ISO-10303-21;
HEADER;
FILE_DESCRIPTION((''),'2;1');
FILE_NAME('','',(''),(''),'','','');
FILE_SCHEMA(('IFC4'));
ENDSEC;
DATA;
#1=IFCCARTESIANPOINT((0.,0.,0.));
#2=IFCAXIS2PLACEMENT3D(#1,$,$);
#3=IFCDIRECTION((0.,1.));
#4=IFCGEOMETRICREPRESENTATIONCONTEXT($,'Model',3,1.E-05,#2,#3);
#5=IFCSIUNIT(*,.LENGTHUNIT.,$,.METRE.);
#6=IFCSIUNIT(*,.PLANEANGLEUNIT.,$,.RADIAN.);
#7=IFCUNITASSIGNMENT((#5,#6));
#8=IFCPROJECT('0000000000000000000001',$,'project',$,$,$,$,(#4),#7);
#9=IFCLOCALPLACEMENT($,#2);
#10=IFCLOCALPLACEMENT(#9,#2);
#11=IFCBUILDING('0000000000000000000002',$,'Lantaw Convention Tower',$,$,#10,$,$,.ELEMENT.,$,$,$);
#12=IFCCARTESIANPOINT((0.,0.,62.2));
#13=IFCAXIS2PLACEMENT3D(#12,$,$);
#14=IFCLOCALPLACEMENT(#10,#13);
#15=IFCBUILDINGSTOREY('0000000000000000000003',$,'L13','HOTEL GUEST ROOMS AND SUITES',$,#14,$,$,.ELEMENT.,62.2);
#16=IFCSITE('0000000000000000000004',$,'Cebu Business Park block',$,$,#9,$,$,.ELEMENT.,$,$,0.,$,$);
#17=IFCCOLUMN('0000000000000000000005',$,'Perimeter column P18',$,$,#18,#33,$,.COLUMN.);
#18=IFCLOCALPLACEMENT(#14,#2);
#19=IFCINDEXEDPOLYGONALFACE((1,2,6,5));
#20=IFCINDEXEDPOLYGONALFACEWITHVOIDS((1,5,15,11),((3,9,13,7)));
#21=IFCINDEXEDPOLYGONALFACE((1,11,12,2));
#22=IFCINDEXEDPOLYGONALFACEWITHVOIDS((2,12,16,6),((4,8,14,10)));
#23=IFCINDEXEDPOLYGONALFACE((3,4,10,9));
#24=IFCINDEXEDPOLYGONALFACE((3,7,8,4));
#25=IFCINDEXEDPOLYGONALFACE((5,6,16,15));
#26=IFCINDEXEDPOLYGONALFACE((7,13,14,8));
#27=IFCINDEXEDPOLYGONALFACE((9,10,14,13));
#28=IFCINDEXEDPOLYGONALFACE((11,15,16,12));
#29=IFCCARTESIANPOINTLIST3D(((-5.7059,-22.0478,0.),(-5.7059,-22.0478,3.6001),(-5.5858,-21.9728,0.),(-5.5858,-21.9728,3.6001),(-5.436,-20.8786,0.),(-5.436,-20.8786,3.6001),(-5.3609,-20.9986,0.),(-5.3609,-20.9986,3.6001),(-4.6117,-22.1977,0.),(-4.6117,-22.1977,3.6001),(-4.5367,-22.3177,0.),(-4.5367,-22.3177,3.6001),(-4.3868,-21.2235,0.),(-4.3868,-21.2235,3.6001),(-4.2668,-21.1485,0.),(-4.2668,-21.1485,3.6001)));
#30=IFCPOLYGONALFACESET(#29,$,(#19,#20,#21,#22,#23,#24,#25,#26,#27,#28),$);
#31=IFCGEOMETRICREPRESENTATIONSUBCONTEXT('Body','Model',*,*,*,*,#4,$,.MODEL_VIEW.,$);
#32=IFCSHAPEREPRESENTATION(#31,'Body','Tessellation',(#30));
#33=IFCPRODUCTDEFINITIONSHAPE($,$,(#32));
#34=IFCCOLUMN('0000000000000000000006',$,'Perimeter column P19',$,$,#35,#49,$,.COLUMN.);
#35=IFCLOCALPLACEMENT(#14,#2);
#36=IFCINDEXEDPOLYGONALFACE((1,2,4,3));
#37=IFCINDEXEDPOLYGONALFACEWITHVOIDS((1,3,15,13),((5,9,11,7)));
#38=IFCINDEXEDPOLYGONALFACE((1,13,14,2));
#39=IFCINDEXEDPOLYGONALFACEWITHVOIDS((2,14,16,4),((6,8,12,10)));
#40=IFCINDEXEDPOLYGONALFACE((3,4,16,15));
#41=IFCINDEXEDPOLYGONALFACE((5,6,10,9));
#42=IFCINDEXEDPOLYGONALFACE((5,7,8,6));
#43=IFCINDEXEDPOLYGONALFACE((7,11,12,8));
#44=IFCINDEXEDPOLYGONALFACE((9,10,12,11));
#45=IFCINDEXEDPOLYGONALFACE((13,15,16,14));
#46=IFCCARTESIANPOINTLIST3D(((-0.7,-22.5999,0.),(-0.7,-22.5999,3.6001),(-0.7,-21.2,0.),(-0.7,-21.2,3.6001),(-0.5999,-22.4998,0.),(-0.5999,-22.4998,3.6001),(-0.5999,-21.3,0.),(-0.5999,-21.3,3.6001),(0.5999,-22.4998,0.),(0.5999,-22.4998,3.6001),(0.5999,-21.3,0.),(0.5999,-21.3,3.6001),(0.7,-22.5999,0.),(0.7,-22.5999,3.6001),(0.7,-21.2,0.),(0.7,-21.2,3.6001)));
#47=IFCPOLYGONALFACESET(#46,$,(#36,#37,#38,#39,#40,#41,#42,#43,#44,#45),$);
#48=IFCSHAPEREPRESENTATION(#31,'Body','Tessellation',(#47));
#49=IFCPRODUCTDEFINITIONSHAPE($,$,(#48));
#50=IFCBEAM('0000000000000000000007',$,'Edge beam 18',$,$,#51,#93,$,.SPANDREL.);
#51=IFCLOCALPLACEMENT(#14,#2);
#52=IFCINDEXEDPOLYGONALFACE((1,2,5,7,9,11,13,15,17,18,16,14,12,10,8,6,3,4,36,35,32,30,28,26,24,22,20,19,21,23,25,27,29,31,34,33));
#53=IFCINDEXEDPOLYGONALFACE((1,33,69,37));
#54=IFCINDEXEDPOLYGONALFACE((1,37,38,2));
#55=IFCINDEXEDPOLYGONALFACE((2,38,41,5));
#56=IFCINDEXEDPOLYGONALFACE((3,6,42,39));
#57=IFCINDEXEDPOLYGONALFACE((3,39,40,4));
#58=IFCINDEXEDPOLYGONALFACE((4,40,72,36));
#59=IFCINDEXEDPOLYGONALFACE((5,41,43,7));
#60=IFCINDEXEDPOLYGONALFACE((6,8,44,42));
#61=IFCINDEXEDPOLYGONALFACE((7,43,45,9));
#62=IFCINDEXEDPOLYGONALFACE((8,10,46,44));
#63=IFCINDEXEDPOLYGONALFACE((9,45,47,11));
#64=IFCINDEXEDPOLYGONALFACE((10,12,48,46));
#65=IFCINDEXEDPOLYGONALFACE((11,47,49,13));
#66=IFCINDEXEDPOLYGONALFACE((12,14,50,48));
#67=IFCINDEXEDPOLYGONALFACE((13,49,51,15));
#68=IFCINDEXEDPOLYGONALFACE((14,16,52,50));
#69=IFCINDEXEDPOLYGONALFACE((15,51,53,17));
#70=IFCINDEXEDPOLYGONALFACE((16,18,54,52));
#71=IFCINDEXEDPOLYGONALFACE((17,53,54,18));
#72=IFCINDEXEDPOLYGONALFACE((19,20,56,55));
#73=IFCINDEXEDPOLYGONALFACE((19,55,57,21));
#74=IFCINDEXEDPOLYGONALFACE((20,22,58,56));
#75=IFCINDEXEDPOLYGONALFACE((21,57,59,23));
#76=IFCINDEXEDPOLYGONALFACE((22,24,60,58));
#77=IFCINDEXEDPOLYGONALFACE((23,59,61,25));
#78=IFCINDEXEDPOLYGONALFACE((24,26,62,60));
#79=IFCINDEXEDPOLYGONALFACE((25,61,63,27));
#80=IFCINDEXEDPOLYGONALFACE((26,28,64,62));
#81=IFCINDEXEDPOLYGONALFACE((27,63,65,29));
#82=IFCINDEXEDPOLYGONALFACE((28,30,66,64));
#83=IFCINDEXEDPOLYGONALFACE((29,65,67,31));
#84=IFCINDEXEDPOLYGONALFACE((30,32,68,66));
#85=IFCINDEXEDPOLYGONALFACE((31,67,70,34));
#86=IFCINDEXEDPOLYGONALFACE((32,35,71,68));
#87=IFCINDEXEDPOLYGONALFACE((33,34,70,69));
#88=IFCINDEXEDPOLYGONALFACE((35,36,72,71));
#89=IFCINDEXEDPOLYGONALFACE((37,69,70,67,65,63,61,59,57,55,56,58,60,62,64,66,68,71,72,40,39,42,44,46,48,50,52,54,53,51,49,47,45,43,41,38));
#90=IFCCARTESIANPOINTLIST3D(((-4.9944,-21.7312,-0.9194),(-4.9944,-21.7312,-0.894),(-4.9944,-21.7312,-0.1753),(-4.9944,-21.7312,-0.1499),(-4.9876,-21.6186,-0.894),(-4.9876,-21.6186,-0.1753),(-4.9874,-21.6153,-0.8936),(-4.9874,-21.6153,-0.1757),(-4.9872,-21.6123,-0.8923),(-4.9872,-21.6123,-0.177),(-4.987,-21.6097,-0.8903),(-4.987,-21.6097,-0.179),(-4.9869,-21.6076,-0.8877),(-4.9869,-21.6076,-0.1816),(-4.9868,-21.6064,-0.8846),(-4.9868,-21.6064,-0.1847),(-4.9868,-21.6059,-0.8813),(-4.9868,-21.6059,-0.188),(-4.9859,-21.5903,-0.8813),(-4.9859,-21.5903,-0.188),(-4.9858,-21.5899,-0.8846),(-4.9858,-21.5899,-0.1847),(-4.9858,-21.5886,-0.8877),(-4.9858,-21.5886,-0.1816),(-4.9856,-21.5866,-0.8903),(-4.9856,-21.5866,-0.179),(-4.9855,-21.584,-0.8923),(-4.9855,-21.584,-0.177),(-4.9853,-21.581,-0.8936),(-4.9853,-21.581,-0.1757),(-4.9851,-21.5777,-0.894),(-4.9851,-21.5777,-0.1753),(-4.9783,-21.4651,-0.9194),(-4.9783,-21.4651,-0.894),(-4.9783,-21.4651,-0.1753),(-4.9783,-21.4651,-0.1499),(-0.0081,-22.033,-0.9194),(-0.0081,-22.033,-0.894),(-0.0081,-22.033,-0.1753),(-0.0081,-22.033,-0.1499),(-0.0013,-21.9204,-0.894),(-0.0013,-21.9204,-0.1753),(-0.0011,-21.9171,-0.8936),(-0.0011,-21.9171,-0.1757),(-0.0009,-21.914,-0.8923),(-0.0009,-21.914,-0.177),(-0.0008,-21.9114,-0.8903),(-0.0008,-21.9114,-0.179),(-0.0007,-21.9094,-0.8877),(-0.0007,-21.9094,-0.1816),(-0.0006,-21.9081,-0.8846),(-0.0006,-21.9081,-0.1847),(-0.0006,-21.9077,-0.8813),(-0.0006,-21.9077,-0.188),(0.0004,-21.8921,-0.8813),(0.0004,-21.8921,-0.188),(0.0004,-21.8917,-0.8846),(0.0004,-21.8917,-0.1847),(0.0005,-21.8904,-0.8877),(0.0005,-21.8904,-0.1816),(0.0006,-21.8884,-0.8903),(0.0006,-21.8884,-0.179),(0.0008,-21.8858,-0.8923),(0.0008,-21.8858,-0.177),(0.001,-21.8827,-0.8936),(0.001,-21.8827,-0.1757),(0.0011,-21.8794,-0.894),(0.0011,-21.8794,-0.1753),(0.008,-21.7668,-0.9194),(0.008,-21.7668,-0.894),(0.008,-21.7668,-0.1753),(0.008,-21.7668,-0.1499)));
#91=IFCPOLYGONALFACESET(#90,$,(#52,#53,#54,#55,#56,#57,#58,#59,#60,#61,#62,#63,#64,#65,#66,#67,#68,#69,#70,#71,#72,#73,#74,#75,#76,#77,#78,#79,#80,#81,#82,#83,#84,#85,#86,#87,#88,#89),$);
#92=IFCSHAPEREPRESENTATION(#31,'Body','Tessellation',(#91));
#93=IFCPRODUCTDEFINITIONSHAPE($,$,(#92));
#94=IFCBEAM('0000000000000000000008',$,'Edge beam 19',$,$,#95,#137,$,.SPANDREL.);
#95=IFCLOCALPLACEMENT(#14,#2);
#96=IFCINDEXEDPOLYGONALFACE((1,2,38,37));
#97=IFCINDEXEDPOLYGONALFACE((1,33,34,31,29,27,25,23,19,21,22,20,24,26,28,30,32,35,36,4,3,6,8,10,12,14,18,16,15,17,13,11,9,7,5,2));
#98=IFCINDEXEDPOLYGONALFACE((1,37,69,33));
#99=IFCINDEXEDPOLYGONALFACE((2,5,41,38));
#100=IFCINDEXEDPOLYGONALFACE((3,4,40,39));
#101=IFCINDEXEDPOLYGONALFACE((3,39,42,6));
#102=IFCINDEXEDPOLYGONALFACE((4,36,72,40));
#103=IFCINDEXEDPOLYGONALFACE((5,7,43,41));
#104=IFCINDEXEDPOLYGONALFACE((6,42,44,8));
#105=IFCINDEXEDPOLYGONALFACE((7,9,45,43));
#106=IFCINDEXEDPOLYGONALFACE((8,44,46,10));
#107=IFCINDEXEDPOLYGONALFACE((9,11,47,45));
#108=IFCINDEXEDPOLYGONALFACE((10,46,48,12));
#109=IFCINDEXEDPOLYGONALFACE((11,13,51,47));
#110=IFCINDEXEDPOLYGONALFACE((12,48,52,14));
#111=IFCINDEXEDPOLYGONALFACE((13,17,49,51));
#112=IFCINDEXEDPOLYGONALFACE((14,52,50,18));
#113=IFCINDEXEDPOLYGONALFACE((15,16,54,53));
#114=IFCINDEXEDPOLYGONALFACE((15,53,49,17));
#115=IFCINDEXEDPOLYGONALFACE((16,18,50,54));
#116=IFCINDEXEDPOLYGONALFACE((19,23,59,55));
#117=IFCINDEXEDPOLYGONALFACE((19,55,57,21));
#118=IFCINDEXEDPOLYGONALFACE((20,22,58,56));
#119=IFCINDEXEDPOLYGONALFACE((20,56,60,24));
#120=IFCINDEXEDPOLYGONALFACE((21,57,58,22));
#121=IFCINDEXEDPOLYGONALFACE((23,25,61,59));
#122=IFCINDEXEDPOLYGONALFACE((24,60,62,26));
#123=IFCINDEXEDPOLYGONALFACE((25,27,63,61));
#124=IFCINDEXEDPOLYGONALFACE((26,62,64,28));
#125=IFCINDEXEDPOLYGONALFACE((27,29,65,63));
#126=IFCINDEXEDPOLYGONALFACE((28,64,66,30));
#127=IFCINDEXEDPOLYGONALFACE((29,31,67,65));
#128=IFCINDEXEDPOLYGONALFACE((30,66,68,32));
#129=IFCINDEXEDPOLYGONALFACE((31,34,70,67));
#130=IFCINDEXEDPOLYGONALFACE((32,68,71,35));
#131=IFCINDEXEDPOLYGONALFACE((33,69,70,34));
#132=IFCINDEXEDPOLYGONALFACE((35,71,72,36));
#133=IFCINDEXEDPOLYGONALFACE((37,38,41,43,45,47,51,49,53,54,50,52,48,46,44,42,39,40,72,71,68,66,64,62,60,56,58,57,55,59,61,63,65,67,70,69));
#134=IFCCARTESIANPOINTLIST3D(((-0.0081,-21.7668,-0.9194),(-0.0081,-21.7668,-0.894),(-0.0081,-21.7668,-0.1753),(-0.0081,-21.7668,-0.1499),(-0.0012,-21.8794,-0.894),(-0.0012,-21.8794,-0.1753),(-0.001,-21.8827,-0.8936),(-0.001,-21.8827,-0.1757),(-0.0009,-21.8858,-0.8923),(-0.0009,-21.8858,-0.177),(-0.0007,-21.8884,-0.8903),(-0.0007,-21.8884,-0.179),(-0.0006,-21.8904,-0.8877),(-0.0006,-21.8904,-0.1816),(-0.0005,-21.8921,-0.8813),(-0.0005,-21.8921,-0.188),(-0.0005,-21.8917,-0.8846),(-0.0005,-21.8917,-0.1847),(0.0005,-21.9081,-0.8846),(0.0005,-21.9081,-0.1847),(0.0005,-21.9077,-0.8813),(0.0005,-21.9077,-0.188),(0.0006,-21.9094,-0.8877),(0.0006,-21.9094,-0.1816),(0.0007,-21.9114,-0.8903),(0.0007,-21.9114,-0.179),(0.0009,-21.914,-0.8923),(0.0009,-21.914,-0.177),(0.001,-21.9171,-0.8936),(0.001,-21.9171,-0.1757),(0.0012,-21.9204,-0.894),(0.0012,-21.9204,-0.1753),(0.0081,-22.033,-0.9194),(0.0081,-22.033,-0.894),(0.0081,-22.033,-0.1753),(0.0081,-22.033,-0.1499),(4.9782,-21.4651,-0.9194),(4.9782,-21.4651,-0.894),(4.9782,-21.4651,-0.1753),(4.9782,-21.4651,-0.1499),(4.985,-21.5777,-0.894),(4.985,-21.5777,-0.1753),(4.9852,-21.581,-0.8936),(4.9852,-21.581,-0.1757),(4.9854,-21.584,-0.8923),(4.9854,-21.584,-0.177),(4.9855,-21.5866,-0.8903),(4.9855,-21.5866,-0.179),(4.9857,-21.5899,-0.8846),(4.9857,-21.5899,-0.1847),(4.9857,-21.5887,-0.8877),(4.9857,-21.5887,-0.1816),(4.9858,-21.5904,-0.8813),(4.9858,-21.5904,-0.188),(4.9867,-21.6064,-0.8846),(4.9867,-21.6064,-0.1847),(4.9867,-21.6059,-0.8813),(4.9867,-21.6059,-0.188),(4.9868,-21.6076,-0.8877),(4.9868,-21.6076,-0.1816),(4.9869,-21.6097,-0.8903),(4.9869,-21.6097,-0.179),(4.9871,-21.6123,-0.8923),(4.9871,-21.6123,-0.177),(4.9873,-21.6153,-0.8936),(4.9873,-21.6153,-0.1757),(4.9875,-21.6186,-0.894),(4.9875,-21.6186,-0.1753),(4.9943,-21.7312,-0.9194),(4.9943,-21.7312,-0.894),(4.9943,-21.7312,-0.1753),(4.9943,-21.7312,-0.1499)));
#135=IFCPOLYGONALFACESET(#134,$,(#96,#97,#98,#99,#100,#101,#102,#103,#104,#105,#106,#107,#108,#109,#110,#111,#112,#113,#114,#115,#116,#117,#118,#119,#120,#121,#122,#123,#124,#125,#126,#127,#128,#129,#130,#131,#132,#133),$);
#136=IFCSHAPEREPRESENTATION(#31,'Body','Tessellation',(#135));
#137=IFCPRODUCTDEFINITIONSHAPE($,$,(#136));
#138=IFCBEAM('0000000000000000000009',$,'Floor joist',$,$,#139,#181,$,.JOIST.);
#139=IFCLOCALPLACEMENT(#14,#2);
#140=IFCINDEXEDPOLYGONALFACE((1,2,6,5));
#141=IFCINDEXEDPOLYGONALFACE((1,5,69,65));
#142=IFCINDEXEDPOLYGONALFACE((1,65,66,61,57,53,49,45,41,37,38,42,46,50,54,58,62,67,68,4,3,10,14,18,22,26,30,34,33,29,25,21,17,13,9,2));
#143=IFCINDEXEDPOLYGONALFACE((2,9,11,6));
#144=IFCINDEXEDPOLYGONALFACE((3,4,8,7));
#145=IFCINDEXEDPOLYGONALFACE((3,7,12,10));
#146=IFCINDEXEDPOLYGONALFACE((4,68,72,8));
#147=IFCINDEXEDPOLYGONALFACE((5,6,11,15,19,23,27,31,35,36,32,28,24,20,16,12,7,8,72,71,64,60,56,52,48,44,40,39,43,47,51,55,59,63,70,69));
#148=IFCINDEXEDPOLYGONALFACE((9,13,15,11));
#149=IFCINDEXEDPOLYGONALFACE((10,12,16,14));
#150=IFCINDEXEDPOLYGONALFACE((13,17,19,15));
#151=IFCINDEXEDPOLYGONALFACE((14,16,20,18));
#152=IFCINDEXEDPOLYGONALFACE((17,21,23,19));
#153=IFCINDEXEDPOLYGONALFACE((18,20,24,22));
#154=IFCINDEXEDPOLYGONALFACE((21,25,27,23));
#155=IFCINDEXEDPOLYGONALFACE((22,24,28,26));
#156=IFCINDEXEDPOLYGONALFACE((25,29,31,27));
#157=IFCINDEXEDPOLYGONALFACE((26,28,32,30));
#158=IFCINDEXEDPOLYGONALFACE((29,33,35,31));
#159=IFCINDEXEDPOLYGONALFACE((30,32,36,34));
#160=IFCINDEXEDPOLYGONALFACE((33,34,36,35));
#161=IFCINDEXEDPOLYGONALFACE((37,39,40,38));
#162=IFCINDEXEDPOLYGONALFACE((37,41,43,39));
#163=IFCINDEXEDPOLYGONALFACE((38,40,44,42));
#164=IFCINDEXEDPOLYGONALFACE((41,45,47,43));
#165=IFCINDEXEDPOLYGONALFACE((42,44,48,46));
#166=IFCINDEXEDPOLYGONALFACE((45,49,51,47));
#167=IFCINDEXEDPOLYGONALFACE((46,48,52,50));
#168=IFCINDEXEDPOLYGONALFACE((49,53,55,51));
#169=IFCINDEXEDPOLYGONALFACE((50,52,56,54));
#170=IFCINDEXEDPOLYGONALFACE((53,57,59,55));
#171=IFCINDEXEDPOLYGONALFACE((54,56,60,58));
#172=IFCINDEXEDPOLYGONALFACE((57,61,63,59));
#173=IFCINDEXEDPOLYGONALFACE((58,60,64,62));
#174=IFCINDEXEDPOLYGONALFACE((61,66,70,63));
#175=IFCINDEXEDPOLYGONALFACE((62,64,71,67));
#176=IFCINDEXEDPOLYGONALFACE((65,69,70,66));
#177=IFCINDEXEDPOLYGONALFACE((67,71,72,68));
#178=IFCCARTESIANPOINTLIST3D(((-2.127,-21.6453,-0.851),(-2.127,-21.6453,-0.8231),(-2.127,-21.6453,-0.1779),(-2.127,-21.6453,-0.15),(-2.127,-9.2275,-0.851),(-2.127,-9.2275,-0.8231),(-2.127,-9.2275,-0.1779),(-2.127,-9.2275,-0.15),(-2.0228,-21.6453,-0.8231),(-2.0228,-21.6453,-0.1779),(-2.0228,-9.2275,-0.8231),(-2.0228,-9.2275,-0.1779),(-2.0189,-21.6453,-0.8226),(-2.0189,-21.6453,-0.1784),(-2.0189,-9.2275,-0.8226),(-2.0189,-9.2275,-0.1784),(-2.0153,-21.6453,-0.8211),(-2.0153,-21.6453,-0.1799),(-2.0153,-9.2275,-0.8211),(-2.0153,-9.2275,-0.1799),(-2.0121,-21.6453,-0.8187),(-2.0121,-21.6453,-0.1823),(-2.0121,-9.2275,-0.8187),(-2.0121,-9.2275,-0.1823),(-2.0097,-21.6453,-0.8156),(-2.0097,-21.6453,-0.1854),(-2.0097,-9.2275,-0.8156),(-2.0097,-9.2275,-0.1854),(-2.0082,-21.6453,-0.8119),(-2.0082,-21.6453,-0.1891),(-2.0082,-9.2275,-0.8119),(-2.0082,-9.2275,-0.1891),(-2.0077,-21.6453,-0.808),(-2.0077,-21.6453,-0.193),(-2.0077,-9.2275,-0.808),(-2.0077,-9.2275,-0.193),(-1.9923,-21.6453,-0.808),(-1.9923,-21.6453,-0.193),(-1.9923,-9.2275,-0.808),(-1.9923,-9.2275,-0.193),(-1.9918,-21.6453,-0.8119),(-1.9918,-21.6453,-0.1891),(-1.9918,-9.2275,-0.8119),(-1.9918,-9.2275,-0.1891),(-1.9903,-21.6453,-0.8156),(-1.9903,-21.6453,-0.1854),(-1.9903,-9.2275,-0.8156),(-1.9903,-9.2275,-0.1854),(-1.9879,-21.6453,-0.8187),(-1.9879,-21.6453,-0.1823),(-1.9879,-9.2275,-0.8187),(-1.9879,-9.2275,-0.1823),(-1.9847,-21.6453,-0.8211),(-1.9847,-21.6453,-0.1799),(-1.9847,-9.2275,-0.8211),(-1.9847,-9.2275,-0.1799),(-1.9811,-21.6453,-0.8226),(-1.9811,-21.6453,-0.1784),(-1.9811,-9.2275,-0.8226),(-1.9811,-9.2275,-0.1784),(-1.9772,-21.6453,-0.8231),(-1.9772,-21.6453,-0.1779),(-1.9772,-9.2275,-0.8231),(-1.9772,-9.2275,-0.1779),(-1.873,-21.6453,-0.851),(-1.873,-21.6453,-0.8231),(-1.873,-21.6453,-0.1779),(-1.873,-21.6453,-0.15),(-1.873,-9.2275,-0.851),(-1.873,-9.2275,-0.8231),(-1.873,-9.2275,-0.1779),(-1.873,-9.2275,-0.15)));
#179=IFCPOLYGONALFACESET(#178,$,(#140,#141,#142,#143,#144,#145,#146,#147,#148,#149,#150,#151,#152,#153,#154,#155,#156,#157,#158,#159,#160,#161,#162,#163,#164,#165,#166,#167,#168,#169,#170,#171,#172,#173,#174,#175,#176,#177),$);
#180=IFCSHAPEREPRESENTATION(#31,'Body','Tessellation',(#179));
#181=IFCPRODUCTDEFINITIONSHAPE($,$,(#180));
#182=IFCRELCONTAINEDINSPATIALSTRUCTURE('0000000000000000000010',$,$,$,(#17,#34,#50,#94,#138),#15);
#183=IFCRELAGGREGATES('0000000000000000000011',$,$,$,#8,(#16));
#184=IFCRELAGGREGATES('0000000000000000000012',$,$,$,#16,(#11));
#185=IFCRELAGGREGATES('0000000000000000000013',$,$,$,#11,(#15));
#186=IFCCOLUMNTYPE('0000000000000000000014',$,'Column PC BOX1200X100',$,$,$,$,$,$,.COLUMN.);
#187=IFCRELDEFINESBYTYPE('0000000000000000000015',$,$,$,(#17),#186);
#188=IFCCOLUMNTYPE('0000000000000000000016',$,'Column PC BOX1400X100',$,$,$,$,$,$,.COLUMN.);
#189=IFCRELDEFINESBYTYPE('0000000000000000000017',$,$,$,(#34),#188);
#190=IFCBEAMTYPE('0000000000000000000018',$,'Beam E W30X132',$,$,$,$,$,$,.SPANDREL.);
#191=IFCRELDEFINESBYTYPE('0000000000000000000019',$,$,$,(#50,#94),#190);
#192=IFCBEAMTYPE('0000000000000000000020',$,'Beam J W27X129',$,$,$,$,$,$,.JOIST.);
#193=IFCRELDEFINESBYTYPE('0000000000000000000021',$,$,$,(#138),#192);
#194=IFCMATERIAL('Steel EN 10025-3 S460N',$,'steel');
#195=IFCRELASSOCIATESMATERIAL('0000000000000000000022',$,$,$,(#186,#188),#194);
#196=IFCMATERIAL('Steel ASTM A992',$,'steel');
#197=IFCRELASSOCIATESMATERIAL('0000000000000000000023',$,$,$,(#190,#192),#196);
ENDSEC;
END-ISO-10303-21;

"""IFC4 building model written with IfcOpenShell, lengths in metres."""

from ifc_helpers import new_model, si_unit, direction, frame, origin, origin_2d, place, context, subcontext, project, spatial, rectangle, hollow_rectangle, i_section, extrude, material, material_profile, profile_set, type_object, element, save


model = new_model("IFC4")

# Units and contexts
model_context = context("Model", 3, precision=1e-05, world=origin(), true_north=direction((0.0, 1.0)))
body_context = subcontext(model_context, "Body", "Model", "MODEL_VIEW")
ifc_project = project(units=[si_unit("LENGTHUNIT", "METRE"), si_unit("PLANEANGLEUNIT", "RADIAN")], contexts=[model_context])

# Site, building, storey
site_placement = place(None, origin())
site = spatial("IfcSite", under=ifc_project, at=site_placement, Name="Cebu Business Park block", CompositionType="ELEMENT", RefElevation=0.0)
building_placement = place(site_placement, origin())
building = spatial("IfcBuilding", under=site, at=building_placement, Name="Lantaw Convention Tower", CompositionType="ELEMENT")
storey_placement = place(building_placement, frame((0.0, 0.0, 62.2)))
storey = spatial("IfcBuildingStorey", under=building, at=storey_placement, Name="L13", Description="HOTEL GUEST ROOMS AND SUITES", CompositionType="ELEMENT", Elevation=62.2)

# Columns
ifc_material_1 = material(Name="Steel EN 10025-3 S460N", Category="steel")
ifc_material_profile_1 = material_profile(ifc_material_1, hollow_rectangle(XDim=1.2, YDim=1.2, WallThickness=0.1001, at=origin_2d()), Name="BOX1200X100")
ifc_material_2 = material(Name="Concrete C60/75", Category="concrete")
ifc_material_profile_2 = material_profile(ifc_material_2, rectangle(XDim=1.0, YDim=1.0, at=origin_2d()), Name="Concrete fill of BOX1200X100")
ifc_profile_set_1 = profile_set([ifc_material_profile_1, ifc_material_profile_2], Name="Steel EN 10025-3 S460N")
column_type_1 = type_object("IfcColumnType", Name="Column PC BOX1200X100", PredefinedType="COLUMN", material=ifc_profile_set_1)
column_1_placement = place(storey_placement, frame((-4.9863, -21.5981, 0.0), z_axis=(0.0, 0.0, 1.0), x_axis=(0.224951, 0.97437, 0.0)))
element("IfcColumn", 1, at=column_1_placement, inside=storey, type_object=column_type_1, Name="Perimeter column P18", PredefinedType="COLUMN", context=body_context, shape_type="SweptSolid", body=[
    extrude(hollow_rectangle(XDim=1.2, YDim=1.2, WallThickness=0.1001, at=origin_2d()), origin(), (0.0, 0.0, 1.0), 3.6001),
])
ifc_material_profile_3 = material_profile(ifc_material_1, hollow_rectangle(XDim=1.3999, YDim=1.3999, WallThickness=0.1001, at=origin_2d()), Name="BOX1400X100")
ifc_material_profile_4 = material_profile(ifc_material_2, rectangle(XDim=1.2, YDim=1.2, at=origin_2d()), Name="Concrete fill of BOX1400X100")
ifc_profile_set_2 = profile_set([ifc_material_profile_3, ifc_material_profile_4], Name="Steel EN 10025-3 S460N")
column_type_2 = type_object("IfcColumnType", Name="Column PC BOX1400X100", PredefinedType="COLUMN", material=ifc_profile_set_2)
column_2_placement = place(storey_placement, frame((0.0, -21.8999, 0.0), z_axis=(0.0, 0.0, 1.0), x_axis=(1.0, 0.0, 0.0)))
element("IfcColumn", 2, at=column_2_placement, inside=storey, type_object=column_type_2, Name="Perimeter column P19", PredefinedType="COLUMN", context=body_context, shape_type="SweptSolid", body=[
    extrude(hollow_rectangle(XDim=1.3999, YDim=1.3999, WallThickness=0.1001, at=origin_2d()), origin(), (0.0, 0.0, 1.0), 3.6001),
])

# Beams
ifc_material_3 = material(Name="Steel ASTM A992", Category="steel")
ifc_material_profile_5 = material_profile(ifc_material_3, i_section(OverallWidth=0.2666, OverallDepth=0.7695, WebThickness=0.0156, FlangeThickness=0.0254, FilletRadius=0.0127, at=origin_2d()), Name="W30X132")
ifc_profile_set_3 = profile_set([ifc_material_profile_5], Name="Steel ASTM A992")
beam_type_1 = type_object("IfcBeamType", Name="Beam E W30X132", PredefinedType="SPANDREL", material=ifc_profile_set_3)
for number, where, z_axis, x_axis, name in (
    (3, (-4.9863, -21.5981, -0.5347), (0.998174, -0.060407, 0.0), (0.060407, 0.998174, 0.0), "Edge beam 18"),
    (4, (0.0, -21.8999, -0.5347), (0.998174, 0.060407, 0.0), (-0.060407, 0.998174, 0.0), "Edge beam 19"),
):
    element("IfcBeam", number, at=place(storey_placement, frame(where, z_axis=z_axis, x_axis=x_axis)), inside=storey, type_object=beam_type_1, Name=name, PredefinedType="SPANDREL", context=body_context, shape_type="SweptSolid", body=[
        extrude(i_section(OverallWidth=0.2666, OverallDepth=0.7695, WebThickness=0.0156, FlangeThickness=0.0254, FilletRadius=0.0127, at=origin_2d()), origin(), (0.0, 0.0, 1.0), 4.9954),
    ])
ifc_material_profile_6 = material_profile(ifc_material_3, i_section(OverallWidth=0.2539, OverallDepth=0.7009, WebThickness=0.0154, FlangeThickness=0.0278, FilletRadius=0.0151, at=origin_2d()), Name="W27X129")
ifc_profile_set_4 = profile_set([ifc_material_profile_6], Name="Steel ASTM A992")
beam_type_2 = type_object("IfcBeamType", Name="Beam J W27X129", PredefinedType="JOIST", material=ifc_profile_set_4)
beam_placement = place(storey_placement, frame((-2.0, -21.6453, -0.5005), z_axis=(0.0, 1.0, 0.0), x_axis=(-1.0, 0.0, 0.0)))
element("IfcBeam", 5, at=beam_placement, inside=storey, type_object=beam_type_2, Name="Floor joist", PredefinedType="JOIST", context=body_context, shape_type="SweptSolid", body=[
    extrude(i_section(OverallWidth=0.2539, OverallDepth=0.7009, WebThickness=0.0154, FlangeThickness=0.0278, FilletRadius=0.0151, at=origin_2d()), origin(), (0.0, 0.0, 1.0), 12.4177),
])

save(model, "model.ifc")
